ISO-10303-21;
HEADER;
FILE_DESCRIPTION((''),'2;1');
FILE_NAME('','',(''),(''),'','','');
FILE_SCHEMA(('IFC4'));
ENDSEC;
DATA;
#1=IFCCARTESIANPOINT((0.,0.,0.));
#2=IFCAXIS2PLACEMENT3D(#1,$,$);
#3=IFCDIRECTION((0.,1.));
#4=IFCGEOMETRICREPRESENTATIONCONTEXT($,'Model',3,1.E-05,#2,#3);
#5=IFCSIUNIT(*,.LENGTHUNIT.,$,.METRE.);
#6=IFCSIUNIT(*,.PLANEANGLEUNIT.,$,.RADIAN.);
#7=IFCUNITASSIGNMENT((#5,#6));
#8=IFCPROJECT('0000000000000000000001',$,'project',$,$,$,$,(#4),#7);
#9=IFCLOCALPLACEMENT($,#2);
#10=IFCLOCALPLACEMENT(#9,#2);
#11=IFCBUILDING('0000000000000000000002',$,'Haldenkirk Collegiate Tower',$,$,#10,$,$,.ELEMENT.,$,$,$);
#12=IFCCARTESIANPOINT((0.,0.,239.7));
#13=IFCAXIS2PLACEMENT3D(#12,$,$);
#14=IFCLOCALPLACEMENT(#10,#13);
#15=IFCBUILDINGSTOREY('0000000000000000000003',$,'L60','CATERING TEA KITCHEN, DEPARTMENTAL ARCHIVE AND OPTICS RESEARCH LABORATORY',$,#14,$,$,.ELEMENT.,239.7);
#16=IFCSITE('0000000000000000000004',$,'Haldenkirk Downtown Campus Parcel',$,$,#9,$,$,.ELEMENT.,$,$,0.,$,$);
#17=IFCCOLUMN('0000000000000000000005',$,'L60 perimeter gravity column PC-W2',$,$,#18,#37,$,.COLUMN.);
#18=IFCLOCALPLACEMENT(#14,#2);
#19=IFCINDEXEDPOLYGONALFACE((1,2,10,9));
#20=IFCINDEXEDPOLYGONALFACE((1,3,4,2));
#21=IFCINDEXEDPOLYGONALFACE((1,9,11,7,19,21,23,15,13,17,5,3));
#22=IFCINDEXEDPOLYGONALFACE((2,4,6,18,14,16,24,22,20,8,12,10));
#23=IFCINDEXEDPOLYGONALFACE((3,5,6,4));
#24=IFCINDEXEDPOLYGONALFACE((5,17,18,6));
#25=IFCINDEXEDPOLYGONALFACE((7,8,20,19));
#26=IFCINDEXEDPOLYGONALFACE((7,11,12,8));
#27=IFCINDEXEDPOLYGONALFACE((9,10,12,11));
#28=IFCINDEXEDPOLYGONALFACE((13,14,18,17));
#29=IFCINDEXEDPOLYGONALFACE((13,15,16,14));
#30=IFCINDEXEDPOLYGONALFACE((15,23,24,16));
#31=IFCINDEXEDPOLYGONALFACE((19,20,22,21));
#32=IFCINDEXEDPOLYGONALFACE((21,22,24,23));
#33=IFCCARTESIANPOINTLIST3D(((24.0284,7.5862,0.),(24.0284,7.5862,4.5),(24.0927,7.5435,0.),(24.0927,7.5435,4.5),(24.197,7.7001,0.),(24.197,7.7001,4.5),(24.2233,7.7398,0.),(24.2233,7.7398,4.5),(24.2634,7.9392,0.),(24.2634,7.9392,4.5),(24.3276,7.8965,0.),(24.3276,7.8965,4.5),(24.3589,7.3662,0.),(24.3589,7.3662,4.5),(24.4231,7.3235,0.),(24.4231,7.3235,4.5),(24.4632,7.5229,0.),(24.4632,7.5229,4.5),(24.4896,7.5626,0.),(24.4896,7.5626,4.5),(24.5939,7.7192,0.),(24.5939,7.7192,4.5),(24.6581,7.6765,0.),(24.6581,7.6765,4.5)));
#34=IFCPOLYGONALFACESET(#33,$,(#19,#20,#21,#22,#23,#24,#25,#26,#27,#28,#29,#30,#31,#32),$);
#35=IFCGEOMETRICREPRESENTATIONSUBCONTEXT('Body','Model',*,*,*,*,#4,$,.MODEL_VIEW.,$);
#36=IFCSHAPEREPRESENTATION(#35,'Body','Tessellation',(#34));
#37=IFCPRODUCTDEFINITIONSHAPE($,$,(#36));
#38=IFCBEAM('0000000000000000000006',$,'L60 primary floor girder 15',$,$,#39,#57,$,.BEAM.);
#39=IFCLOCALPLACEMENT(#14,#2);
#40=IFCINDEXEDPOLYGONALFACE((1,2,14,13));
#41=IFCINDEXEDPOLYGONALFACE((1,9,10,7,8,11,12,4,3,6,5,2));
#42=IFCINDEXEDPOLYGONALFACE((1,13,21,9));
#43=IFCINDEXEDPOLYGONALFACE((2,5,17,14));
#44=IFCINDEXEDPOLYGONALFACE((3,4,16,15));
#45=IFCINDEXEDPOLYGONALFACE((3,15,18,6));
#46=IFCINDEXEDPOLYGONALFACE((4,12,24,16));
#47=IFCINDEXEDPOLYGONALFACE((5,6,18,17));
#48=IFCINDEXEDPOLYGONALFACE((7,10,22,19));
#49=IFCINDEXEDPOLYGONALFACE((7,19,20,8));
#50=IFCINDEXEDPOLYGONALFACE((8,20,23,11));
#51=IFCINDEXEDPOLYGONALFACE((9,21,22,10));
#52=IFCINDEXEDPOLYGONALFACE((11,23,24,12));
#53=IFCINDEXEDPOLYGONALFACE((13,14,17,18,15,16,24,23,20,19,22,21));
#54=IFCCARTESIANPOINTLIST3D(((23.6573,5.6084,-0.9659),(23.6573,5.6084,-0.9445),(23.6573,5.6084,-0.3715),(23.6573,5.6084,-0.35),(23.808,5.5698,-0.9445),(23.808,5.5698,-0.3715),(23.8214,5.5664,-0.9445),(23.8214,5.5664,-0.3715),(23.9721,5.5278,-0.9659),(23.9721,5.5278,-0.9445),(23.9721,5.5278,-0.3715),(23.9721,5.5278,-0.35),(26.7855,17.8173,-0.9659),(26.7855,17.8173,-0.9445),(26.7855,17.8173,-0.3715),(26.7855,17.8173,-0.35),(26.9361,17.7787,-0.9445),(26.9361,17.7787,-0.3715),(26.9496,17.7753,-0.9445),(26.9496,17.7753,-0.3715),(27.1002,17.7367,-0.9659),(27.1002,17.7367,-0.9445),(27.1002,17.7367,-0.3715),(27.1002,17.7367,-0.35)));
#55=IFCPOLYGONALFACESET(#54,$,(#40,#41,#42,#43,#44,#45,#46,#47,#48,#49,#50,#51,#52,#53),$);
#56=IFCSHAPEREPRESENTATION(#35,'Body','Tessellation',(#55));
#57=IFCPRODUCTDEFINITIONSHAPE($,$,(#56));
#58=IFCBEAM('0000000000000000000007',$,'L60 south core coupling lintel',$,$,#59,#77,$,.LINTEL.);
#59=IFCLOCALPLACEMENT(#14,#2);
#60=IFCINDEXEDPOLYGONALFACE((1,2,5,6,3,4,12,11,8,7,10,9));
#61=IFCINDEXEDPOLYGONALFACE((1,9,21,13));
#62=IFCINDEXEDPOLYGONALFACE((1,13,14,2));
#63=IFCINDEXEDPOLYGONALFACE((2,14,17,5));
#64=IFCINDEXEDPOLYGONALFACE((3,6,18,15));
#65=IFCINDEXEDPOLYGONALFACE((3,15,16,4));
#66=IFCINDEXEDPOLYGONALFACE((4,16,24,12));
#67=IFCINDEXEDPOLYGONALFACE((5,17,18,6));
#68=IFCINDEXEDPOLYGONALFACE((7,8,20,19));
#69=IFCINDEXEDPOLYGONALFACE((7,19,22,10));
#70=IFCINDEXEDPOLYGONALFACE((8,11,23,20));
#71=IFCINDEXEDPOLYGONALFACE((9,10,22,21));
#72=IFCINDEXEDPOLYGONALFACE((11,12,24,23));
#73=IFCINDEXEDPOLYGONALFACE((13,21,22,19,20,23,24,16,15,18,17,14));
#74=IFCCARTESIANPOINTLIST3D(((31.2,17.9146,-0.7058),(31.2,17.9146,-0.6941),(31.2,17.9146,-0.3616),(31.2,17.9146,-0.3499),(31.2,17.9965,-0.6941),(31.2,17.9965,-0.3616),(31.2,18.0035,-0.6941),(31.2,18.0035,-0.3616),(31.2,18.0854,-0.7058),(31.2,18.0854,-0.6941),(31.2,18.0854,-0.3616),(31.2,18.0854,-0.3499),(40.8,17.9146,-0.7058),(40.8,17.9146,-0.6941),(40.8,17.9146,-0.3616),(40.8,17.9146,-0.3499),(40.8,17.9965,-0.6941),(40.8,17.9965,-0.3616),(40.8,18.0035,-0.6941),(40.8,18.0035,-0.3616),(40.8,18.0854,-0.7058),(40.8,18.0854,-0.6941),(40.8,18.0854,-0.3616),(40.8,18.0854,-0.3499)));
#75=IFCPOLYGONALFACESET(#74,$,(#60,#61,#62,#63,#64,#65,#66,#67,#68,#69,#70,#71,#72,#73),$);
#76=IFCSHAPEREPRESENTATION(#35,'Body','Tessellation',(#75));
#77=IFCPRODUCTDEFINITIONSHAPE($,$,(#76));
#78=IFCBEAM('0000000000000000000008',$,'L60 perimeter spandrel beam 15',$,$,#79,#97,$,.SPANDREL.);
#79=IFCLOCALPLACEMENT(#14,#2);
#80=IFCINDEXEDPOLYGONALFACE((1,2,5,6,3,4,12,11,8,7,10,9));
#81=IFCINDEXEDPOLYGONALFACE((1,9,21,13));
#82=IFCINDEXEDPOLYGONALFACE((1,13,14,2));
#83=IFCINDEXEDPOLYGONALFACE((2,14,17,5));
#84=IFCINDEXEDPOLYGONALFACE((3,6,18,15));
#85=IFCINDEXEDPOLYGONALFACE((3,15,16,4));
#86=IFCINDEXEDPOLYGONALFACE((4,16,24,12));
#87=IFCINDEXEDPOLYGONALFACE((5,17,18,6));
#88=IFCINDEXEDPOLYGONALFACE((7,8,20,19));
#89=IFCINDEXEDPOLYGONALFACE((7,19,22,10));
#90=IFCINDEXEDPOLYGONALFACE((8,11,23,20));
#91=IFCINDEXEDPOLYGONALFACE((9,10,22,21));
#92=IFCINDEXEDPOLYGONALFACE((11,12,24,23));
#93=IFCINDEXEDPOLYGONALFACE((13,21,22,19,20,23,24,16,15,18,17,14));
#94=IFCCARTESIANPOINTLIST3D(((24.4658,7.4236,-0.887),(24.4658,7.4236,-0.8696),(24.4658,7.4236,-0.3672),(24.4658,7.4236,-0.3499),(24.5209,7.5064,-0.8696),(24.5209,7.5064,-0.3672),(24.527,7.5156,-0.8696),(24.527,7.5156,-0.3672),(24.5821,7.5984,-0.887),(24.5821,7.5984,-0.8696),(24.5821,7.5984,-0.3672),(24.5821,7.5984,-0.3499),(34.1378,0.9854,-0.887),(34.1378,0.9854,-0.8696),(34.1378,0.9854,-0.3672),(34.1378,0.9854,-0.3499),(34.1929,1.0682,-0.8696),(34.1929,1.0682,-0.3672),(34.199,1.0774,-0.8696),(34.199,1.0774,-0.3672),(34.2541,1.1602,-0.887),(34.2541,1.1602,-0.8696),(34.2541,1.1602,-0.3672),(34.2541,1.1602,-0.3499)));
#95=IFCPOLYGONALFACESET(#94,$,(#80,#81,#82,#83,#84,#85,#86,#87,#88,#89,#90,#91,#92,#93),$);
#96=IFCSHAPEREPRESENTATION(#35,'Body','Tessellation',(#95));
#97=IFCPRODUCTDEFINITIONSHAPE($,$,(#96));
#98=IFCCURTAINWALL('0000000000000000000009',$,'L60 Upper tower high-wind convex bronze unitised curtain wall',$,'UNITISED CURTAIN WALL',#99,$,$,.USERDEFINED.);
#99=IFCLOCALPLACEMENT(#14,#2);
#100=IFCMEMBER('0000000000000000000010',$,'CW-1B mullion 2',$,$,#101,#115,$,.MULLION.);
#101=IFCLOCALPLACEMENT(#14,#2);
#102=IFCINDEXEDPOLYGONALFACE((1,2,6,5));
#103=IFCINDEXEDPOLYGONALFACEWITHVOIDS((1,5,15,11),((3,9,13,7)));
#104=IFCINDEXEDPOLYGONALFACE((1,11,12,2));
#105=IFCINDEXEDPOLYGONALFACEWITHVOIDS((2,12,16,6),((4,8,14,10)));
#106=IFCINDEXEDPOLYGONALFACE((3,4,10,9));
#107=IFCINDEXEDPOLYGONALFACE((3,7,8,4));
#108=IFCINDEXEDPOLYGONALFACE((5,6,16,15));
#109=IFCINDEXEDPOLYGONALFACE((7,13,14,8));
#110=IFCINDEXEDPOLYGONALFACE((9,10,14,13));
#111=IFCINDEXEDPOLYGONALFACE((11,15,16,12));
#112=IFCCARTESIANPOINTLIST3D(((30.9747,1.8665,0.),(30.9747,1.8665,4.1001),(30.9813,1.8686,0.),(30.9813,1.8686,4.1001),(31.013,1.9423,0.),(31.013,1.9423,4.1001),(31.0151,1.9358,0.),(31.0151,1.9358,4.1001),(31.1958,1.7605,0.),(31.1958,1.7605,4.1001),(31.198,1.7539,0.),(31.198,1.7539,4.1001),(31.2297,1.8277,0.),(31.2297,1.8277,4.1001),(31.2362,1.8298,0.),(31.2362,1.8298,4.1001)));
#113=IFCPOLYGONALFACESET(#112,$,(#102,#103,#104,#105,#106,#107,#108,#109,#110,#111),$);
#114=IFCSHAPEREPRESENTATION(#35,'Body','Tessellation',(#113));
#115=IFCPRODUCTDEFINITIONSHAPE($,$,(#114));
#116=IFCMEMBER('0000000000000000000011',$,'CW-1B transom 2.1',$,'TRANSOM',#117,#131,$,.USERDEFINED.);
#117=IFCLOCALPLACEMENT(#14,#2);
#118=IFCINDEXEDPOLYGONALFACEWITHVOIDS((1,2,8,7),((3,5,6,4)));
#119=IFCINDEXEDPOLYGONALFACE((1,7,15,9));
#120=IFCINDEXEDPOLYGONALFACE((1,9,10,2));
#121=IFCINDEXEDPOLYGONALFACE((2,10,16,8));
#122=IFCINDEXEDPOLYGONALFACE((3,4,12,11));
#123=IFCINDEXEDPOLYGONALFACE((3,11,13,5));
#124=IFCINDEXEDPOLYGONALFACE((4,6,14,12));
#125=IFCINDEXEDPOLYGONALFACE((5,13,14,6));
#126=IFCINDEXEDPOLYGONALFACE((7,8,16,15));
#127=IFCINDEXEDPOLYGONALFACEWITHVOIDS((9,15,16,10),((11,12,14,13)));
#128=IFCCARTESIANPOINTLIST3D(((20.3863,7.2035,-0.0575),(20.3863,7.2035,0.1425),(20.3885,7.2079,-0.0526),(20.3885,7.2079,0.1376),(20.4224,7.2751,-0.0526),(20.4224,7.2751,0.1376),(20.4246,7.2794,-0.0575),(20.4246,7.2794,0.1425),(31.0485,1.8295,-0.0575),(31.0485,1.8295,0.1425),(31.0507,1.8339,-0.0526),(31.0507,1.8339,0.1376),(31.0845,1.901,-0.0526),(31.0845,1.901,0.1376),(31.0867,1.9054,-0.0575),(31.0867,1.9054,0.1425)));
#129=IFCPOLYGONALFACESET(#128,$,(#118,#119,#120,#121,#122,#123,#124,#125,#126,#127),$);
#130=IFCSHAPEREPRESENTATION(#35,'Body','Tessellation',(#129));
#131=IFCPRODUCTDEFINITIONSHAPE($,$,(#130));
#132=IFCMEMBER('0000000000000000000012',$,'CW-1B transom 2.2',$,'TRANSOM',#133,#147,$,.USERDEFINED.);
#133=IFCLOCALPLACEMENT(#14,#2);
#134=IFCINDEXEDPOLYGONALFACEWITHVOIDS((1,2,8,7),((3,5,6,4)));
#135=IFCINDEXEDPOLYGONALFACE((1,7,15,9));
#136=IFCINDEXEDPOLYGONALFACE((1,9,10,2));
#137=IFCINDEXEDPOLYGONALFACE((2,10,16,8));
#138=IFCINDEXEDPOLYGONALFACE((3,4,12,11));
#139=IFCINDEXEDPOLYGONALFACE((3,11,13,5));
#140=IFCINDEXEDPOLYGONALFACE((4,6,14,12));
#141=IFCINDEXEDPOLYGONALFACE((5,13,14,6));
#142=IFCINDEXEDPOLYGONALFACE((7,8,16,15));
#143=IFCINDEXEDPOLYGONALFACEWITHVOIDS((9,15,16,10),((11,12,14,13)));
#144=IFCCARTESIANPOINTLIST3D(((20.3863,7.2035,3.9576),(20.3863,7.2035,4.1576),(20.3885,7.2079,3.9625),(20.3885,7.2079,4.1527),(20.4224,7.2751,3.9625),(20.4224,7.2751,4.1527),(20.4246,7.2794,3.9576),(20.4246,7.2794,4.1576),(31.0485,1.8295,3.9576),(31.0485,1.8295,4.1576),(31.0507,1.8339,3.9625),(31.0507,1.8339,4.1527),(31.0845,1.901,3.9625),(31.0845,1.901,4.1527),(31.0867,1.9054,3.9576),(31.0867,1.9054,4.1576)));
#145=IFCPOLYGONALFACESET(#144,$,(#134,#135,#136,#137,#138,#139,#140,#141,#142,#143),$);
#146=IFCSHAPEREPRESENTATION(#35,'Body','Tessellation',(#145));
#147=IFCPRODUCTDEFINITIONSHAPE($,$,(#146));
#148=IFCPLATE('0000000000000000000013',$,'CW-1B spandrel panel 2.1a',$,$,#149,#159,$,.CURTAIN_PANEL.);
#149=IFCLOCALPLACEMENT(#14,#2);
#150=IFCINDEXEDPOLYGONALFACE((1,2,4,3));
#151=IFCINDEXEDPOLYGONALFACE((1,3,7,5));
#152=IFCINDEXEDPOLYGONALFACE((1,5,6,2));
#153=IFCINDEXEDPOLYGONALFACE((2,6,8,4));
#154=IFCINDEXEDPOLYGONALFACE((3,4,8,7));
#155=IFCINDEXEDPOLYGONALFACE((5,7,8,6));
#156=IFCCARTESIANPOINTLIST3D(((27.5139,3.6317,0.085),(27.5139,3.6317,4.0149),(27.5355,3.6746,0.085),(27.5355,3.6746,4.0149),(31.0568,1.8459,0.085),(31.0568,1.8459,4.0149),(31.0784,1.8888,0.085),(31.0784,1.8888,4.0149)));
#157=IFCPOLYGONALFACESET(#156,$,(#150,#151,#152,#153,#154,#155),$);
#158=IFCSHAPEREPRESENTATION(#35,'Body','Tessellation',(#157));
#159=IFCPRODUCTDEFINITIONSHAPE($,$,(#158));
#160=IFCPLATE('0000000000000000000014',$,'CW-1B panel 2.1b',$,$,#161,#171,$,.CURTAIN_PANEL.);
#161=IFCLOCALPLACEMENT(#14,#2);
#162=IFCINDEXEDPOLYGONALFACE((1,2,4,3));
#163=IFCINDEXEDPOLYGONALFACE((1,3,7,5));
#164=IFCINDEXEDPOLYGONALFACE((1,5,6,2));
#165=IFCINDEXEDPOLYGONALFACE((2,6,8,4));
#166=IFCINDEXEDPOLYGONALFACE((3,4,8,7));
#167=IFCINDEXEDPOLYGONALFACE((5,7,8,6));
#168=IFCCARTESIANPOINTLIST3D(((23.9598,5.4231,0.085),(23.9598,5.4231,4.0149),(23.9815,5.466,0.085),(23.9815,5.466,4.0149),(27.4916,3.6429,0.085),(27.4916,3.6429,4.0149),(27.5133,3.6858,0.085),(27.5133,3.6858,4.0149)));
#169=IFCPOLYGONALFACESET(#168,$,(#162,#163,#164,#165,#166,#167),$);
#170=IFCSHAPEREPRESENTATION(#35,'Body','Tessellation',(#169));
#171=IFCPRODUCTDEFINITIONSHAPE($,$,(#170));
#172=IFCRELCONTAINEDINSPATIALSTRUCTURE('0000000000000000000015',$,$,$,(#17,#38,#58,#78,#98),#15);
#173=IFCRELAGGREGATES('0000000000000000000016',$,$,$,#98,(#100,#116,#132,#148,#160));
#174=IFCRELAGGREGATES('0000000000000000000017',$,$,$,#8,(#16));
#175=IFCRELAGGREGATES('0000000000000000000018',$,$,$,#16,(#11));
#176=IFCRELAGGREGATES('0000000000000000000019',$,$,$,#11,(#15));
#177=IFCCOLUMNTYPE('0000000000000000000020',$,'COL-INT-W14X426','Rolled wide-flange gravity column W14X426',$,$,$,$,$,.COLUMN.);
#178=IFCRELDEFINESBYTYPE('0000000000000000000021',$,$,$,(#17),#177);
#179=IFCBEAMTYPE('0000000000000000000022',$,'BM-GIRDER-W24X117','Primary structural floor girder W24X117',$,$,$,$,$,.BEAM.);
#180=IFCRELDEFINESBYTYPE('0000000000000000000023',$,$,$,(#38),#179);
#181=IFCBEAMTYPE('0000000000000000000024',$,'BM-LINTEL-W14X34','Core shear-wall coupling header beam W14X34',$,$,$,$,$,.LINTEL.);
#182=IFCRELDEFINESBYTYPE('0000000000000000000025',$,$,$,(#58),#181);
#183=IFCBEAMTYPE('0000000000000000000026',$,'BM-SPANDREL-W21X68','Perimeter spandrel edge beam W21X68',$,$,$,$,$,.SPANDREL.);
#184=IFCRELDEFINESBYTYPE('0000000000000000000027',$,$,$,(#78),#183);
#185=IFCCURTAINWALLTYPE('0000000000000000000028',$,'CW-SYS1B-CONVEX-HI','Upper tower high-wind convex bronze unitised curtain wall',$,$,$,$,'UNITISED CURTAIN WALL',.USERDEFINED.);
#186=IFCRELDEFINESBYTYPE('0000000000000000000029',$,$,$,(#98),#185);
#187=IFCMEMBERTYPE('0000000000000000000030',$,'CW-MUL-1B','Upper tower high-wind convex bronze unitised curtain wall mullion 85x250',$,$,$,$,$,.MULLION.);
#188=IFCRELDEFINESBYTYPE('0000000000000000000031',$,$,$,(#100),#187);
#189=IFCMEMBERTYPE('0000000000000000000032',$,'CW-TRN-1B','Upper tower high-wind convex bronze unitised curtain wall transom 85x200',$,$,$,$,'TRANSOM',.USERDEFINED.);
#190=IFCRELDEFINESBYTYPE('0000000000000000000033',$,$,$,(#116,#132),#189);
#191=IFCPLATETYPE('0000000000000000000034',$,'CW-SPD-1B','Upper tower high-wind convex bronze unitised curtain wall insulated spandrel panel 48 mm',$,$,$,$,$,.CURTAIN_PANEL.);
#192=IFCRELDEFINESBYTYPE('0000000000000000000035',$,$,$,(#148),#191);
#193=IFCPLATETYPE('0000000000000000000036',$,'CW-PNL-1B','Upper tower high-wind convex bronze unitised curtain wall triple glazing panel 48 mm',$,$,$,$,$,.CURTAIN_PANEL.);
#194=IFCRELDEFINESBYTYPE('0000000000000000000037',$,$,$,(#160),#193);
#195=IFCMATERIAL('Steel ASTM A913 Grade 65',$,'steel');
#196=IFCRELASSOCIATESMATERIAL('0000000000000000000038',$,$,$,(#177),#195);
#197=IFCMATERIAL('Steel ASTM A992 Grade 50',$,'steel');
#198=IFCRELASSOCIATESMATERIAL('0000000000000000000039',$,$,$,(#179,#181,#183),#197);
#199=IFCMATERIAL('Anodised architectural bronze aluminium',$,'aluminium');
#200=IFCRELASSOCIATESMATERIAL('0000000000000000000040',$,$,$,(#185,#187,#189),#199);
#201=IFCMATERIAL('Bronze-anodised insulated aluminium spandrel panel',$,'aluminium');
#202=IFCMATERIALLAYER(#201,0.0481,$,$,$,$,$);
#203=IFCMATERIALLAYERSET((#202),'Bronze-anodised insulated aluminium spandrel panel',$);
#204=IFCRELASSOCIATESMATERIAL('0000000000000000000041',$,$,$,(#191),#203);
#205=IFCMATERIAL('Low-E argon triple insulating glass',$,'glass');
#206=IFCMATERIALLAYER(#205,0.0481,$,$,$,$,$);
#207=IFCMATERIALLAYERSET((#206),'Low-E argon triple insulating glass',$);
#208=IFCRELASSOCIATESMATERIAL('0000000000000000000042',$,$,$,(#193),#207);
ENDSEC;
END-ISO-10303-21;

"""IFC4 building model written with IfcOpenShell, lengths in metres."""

from ifc_helpers import new_model, si_unit, direction, frame, origin, origin_2d, place, context, subcontext, project, spatial, rectangle, hollow_rectangle, i_section, extrude, source, transform, mapped, material, layer, layer_set, material_profile, profile_set, type_object, element, aggregate, save


model = new_model("IFC4")

# Units and contexts
model_context = context("Model", 3, precision=1e-05, world=origin(), true_north=direction((0.0, 1.0)))
body_context = subcontext(model_context, "Body", "Model", "MODEL_VIEW")
ifc_project = project(units=[si_unit("LENGTHUNIT", "METRE"), si_unit("PLANEANGLEUNIT", "RADIAN")], contexts=[model_context])

# Site, building, storey
site_placement = place(None, origin())
site = spatial("IfcSite", under=ifc_project, at=site_placement, Name="Haldenkirk Downtown Campus Parcel", CompositionType="ELEMENT", RefElevation=0.0)
building_placement = place(site_placement, origin())
building = spatial("IfcBuilding", under=site, at=building_placement, Name="Haldenkirk Collegiate Tower", CompositionType="ELEMENT")
storey_placement = place(building_placement, frame((0.0, 0.0, 239.7)))
storey = spatial("IfcBuildingStorey", under=building, at=storey_placement, Name="L60", Description="CATERING TEA KITCHEN, DEPARTMENTAL ARCHIVE AND OPTICS RESEARCH LABORATORY", CompositionType="ELEMENT", Elevation=239.7)

# Column
ifc_material_1 = material(Name="Steel ASTM A913 Grade 65", Category="steel")
ifc_material_profile_1 = material_profile(ifc_material_1, i_section(OverallWidth=0.4241, OverallDepth=0.4741, WebThickness=0.0476, FlangeThickness=0.0771, at=origin_2d()), Name="W14X426")
ifc_profile_set_1 = profile_set([ifc_material_profile_1], Name="Steel ASTM A913 Grade 65")
column_type = type_object("IfcColumnType", Name="COL-INT-W14X426", Description="Rolled wide-flange gravity column W14X426", PredefinedType="COLUMN", material=ifc_profile_set_1)
column_placement = place(storey_placement, frame((24.3433, 7.6313, 0.0), z_axis=(0.0, 0.0, 1.0), x_axis=(0.554118, 0.832438, 0.0)))
element("IfcColumn", 1, at=column_placement, inside=storey, type_object=column_type, Name="L60 perimeter gravity column PC-W2", PredefinedType="COLUMN", context=body_context, shape_type="SweptSolid", body=[
    extrude(i_section(OverallWidth=0.4241, OverallDepth=0.4741, WebThickness=0.0476, FlangeThickness=0.0771, at=origin_2d()), origin(), (0.0, 0.0, 1.0), 4.5),
])

# Beams
ifc_material_2 = material(Name="Steel ASTM A992 Grade 50", Category="steel")
ifc_material_profile_2 = material_profile(ifc_material_2, i_section(OverallWidth=0.325, OverallDepth=0.616, WebThickness=0.0139, FlangeThickness=0.0215, at=origin_2d()), Name="W24X117")
ifc_profile_set_2 = profile_set([ifc_material_profile_2], Name="Steel ASTM A992 Grade 50")
beam_type_1 = type_object("IfcBeamType", Name="BM-GIRDER-W24X117", Description="Primary structural floor girder W24X117", PredefinedType="BEAM", material=ifc_profile_set_2)
beam_1_placement = place(storey_placement, frame((23.8147, 5.5681, -0.658), z_axis=(0.248202, 0.968708, 0.0), x_axis=(-0.968708, 0.248202, 0.0)))
element("IfcBeam", 2, at=beam_1_placement, inside=storey, type_object=beam_type_1, Name="L60 primary floor girder 15", PredefinedType="BEAM", context=body_context, shape_type="SweptSolid", body=[
    extrude(i_section(OverallWidth=0.325, OverallDepth=0.616, WebThickness=0.0139, FlangeThickness=0.0215, at=origin_2d()), origin(), (0.0, 0.0, 1.0), 12.6033),
])
ifc_material_profile_3 = material_profile(ifc_material_2, i_section(OverallWidth=0.1709, OverallDepth=0.356, WebThickness=0.0071, FlangeThickness=0.0117, at=origin_2d()), Name="W14X34")
ifc_profile_set_3 = profile_set([ifc_material_profile_3], Name="Steel ASTM A992 Grade 50")
beam_type_2 = type_object("IfcBeamType", Name="BM-LINTEL-W14X34", Description="Core shear-wall coupling header beam W14X34", PredefinedType="LINTEL", material=ifc_profile_set_3)
beam_2_placement = place(storey_placement, frame((31.2, 18.0, -0.5278), z_axis=(1.0, 0.0, 0.0), x_axis=(0.0, 1.0, 0.0)))
element("IfcBeam", 3, at=beam_2_placement, inside=storey, type_object=beam_type_2, Name="L60 south core coupling lintel", PredefinedType="LINTEL", context=body_context, shape_type="SweptSolid", body=[
    extrude(i_section(OverallWidth=0.1709, OverallDepth=0.356, WebThickness=0.0071, FlangeThickness=0.0117, at=origin_2d()), origin(), (0.0, 0.0, 1.0), 9.6001),
])
ifc_material_profile_4 = material_profile(ifc_material_2, i_section(OverallWidth=0.21, OverallDepth=0.5371, WebThickness=0.011, FlangeThickness=0.0173, at=origin_2d()), Name="W21X68")
ifc_profile_set_4 = profile_set([ifc_material_profile_4], Name="Steel ASTM A992 Grade 50")
beam_type_3 = type_object("IfcBeamType", Name="BM-SPANDREL-W21X68", Description="Perimeter spandrel edge beam W21X68", PredefinedType="SPANDREL", material=ifc_profile_set_4)
beam_3_placement = place(storey_placement, frame((24.5239, 7.511, -0.6184), z_axis=(0.832441, -0.554113, 0.0), x_axis=(0.554113, 0.832441, 0.0)))
element("IfcBeam", 4, at=beam_3_placement, inside=storey, type_object=beam_type_3, Name="L60 perimeter spandrel beam 15", PredefinedType="SPANDREL", context=body_context, shape_type="SweptSolid", body=[
    extrude(i_section(OverallWidth=0.21, OverallDepth=0.5371, WebThickness=0.011, FlangeThickness=0.0173, at=origin_2d()), origin(), (0.0, 0.0, 1.0), 11.6189),
])

# Curtain wall, members, plates
ifc_material_3 = material(Name="Anodised architectural bronze aluminium", Category="aluminium")
curtain_wall_type = type_object("IfcCurtainWallType", Name="CW-SYS1B-CONVEX-HI", Description="Upper tower high-wind convex bronze unitised curtain wall", ElementType="UNITISED CURTAIN WALL", PredefinedType="USERDEFINED", material=ifc_material_3)
curtain_wall_placement = place(storey_placement, origin())
curtain_wall = element("IfcCurtainWall", 5, at=curtain_wall_placement, inside=storey, type_object=curtain_wall_type, Name="L60 Upper tower high-wind convex bronze unitised curtain wall", ObjectType="UNITISED CURTAIN WALL", PredefinedType="USERDEFINED")
ifc_material_profile_5 = material_profile(ifc_material_3, hollow_rectangle(XDim=0.085, YDim=0.25, WallThickness=0.0049, at=origin_2d()), Name="CW-MUL-1B")
ifc_profile_set_5 = profile_set([ifc_material_profile_5], Name="Anodised architectural bronze aluminium")
member_type_1 = type_object("IfcMemberType", Name="CW-MUL-1B", Description="Upper tower high-wind convex bronze unitised curtain wall mullion 85x250", PredefinedType="MULLION", material=ifc_profile_set_5)
member_1_placement = place(storey_placement, frame((31.1055, 1.8481, 0.0), z_axis=(0.0, 0.0, 1.0), x_axis=(-0.450099, -0.892979, 0.0)))
member_1 = element("IfcMember", 6, at=member_1_placement, type_object=member_type_1, Name="CW-1B mullion 2", PredefinedType="MULLION", context=body_context, shape_type="SweptSolid", body=[
    extrude(hollow_rectangle(XDim=0.085, YDim=0.25, WallThickness=0.0049, at=origin_2d()), origin(), (0.0, 0.0, 1.0), 4.1001),
])
ifc_material_profile_6 = material_profile(ifc_material_3, hollow_rectangle(XDim=0.085, YDim=0.2, WallThickness=0.0049, at=origin_2d()), Name="CW-TRN-1B")
ifc_profile_set_6 = profile_set([ifc_material_profile_6], Name="Anodised architectural bronze aluminium")
member_type_2 = type_object("IfcMemberType", Name="CW-TRN-1B", Description="Upper tower high-wind convex bronze unitised curtain wall transom 85x200", ElementType="TRANSOM", PredefinedType="USERDEFINED", material=ifc_profile_set_6)
member_2_placement = place(storey_placement, frame((31.0676, 1.8674, 0.0425), z_axis=(-0.892983, 0.45009, 0.0), x_axis=(-0.45009, -0.892983, 0.0)))
member_2 = element("IfcMember", 7, at=member_2_placement, type_object=member_type_2, Name="CW-1B transom 2.1", ObjectType="TRANSOM", PredefinedType="USERDEFINED", context=body_context, shape_type="SweptSolid", body=[
    extrude(hollow_rectangle(XDim=0.085, YDim=0.2, WallThickness=0.0049, at=origin_2d()), origin(), (0.0, 0.0, 1.0), 11.9399),
])
member_3_placement = place(storey_placement, frame((31.0676, 1.8674, 4.0576), z_axis=(-0.892983, 0.45009, 0.0), x_axis=(-0.45009, -0.892983, 0.0)))
member_3 = element("IfcMember", 8, at=member_3_placement, type_object=member_type_2, Name="CW-1B transom 2.2", ObjectType="TRANSOM", PredefinedType="USERDEFINED", context=body_context, shape_type="SweptSolid", body=[
    extrude(hollow_rectangle(XDim=0.085, YDim=0.2, WallThickness=0.0049, at=origin_2d()), origin(), (0.0, 0.0, 1.0), 11.9399),
])
ifc_material_4 = material(Name="Bronze-anodised insulated aluminium spandrel panel", Category="aluminium")
ifc_layer_1 = layer(ifc_material_4, 0.0481)
ifc_layer_set_1 = layer_set([ifc_layer_1], Name="Bronze-anodised insulated aluminium spandrel panel")
plate_type_1 = type_object("IfcPlateType", Name="CW-SPD-1B", Description="Upper tower high-wind convex bronze unitised curtain wall insulated spandrel panel 48 mm", PredefinedType="CURTAIN_PANEL", material=ifc_layer_set_1)
shared_shape_1 = source(origin(), body_context, "Body", "SweptSolid", [
    extrude(rectangle(XDim=3.9675, YDim=0.0481, at=origin_2d()), origin(), (0.0, 0.0, 1.0), 3.9299),
])
plate_1_placement = place(storey_placement, frame((29.2961, 2.7603, 0.085), z_axis=(0.0, 0.0, 1.0), x_axis=(-0.892979, 0.450099, 0.0)))
plate_1 = element("IfcPlate", 9, at=plate_1_placement, type_object=plate_type_1, Name="CW-1B spandrel panel 2.1a", PredefinedType="CURTAIN_PANEL", context=body_context, shape_type="MappedRepresentation", body=[
    mapped(shared_shape_1, transform((0.0, 0.0, 0.0), x_axis=(1.0, 0.0, 0.0), y_axis=(0.0, 1.0, 0.0), z_axis=(0.0, 0.0, 1.0), scale=1.0)),
])
ifc_material_5 = material(Name="Low-E argon triple insulating glass", Category="glass")
ifc_layer_2 = layer(ifc_material_5, 0.0481)
ifc_layer_set_2 = layer_set([ifc_layer_2], Name="Low-E argon triple insulating glass")
plate_type_2 = type_object("IfcPlateType", Name="CW-PNL-1B", Description="Upper tower high-wind convex bronze unitised curtain wall triple glazing panel 48 mm", PredefinedType="CURTAIN_PANEL", material=ifc_layer_set_2)
shared_shape_2 = source(origin(), body_context, "Body", "SweptSolid", [
    extrude(rectangle(XDim=3.9551, YDim=0.0481, at=origin_2d()), origin(), (0.0, 0.0, 1.0), 3.9299),
])
plate_2_placement = place(storey_placement, frame((25.7366, 4.5544, 0.085), z_axis=(0.0, 0.0, 1.0), x_axis=(-0.892979, 0.450099, 0.0)))
plate_2 = element("IfcPlate", 10, at=plate_2_placement, type_object=plate_type_2, Name="CW-1B panel 2.1b", PredefinedType="CURTAIN_PANEL", context=body_context, shape_type="MappedRepresentation", body=[
    mapped(shared_shape_2, transform((0.0, 0.0, 0.0), x_axis=(1.0, 0.0, 0.0), y_axis=(0.0, 1.0, 0.0), z_axis=(0.0, 0.0, 1.0), scale=1.0)),
])
aggregate(curtain_wall, [member_1, member_2, member_3, plate_1, plate_2])

save(model, "model.ifc")
